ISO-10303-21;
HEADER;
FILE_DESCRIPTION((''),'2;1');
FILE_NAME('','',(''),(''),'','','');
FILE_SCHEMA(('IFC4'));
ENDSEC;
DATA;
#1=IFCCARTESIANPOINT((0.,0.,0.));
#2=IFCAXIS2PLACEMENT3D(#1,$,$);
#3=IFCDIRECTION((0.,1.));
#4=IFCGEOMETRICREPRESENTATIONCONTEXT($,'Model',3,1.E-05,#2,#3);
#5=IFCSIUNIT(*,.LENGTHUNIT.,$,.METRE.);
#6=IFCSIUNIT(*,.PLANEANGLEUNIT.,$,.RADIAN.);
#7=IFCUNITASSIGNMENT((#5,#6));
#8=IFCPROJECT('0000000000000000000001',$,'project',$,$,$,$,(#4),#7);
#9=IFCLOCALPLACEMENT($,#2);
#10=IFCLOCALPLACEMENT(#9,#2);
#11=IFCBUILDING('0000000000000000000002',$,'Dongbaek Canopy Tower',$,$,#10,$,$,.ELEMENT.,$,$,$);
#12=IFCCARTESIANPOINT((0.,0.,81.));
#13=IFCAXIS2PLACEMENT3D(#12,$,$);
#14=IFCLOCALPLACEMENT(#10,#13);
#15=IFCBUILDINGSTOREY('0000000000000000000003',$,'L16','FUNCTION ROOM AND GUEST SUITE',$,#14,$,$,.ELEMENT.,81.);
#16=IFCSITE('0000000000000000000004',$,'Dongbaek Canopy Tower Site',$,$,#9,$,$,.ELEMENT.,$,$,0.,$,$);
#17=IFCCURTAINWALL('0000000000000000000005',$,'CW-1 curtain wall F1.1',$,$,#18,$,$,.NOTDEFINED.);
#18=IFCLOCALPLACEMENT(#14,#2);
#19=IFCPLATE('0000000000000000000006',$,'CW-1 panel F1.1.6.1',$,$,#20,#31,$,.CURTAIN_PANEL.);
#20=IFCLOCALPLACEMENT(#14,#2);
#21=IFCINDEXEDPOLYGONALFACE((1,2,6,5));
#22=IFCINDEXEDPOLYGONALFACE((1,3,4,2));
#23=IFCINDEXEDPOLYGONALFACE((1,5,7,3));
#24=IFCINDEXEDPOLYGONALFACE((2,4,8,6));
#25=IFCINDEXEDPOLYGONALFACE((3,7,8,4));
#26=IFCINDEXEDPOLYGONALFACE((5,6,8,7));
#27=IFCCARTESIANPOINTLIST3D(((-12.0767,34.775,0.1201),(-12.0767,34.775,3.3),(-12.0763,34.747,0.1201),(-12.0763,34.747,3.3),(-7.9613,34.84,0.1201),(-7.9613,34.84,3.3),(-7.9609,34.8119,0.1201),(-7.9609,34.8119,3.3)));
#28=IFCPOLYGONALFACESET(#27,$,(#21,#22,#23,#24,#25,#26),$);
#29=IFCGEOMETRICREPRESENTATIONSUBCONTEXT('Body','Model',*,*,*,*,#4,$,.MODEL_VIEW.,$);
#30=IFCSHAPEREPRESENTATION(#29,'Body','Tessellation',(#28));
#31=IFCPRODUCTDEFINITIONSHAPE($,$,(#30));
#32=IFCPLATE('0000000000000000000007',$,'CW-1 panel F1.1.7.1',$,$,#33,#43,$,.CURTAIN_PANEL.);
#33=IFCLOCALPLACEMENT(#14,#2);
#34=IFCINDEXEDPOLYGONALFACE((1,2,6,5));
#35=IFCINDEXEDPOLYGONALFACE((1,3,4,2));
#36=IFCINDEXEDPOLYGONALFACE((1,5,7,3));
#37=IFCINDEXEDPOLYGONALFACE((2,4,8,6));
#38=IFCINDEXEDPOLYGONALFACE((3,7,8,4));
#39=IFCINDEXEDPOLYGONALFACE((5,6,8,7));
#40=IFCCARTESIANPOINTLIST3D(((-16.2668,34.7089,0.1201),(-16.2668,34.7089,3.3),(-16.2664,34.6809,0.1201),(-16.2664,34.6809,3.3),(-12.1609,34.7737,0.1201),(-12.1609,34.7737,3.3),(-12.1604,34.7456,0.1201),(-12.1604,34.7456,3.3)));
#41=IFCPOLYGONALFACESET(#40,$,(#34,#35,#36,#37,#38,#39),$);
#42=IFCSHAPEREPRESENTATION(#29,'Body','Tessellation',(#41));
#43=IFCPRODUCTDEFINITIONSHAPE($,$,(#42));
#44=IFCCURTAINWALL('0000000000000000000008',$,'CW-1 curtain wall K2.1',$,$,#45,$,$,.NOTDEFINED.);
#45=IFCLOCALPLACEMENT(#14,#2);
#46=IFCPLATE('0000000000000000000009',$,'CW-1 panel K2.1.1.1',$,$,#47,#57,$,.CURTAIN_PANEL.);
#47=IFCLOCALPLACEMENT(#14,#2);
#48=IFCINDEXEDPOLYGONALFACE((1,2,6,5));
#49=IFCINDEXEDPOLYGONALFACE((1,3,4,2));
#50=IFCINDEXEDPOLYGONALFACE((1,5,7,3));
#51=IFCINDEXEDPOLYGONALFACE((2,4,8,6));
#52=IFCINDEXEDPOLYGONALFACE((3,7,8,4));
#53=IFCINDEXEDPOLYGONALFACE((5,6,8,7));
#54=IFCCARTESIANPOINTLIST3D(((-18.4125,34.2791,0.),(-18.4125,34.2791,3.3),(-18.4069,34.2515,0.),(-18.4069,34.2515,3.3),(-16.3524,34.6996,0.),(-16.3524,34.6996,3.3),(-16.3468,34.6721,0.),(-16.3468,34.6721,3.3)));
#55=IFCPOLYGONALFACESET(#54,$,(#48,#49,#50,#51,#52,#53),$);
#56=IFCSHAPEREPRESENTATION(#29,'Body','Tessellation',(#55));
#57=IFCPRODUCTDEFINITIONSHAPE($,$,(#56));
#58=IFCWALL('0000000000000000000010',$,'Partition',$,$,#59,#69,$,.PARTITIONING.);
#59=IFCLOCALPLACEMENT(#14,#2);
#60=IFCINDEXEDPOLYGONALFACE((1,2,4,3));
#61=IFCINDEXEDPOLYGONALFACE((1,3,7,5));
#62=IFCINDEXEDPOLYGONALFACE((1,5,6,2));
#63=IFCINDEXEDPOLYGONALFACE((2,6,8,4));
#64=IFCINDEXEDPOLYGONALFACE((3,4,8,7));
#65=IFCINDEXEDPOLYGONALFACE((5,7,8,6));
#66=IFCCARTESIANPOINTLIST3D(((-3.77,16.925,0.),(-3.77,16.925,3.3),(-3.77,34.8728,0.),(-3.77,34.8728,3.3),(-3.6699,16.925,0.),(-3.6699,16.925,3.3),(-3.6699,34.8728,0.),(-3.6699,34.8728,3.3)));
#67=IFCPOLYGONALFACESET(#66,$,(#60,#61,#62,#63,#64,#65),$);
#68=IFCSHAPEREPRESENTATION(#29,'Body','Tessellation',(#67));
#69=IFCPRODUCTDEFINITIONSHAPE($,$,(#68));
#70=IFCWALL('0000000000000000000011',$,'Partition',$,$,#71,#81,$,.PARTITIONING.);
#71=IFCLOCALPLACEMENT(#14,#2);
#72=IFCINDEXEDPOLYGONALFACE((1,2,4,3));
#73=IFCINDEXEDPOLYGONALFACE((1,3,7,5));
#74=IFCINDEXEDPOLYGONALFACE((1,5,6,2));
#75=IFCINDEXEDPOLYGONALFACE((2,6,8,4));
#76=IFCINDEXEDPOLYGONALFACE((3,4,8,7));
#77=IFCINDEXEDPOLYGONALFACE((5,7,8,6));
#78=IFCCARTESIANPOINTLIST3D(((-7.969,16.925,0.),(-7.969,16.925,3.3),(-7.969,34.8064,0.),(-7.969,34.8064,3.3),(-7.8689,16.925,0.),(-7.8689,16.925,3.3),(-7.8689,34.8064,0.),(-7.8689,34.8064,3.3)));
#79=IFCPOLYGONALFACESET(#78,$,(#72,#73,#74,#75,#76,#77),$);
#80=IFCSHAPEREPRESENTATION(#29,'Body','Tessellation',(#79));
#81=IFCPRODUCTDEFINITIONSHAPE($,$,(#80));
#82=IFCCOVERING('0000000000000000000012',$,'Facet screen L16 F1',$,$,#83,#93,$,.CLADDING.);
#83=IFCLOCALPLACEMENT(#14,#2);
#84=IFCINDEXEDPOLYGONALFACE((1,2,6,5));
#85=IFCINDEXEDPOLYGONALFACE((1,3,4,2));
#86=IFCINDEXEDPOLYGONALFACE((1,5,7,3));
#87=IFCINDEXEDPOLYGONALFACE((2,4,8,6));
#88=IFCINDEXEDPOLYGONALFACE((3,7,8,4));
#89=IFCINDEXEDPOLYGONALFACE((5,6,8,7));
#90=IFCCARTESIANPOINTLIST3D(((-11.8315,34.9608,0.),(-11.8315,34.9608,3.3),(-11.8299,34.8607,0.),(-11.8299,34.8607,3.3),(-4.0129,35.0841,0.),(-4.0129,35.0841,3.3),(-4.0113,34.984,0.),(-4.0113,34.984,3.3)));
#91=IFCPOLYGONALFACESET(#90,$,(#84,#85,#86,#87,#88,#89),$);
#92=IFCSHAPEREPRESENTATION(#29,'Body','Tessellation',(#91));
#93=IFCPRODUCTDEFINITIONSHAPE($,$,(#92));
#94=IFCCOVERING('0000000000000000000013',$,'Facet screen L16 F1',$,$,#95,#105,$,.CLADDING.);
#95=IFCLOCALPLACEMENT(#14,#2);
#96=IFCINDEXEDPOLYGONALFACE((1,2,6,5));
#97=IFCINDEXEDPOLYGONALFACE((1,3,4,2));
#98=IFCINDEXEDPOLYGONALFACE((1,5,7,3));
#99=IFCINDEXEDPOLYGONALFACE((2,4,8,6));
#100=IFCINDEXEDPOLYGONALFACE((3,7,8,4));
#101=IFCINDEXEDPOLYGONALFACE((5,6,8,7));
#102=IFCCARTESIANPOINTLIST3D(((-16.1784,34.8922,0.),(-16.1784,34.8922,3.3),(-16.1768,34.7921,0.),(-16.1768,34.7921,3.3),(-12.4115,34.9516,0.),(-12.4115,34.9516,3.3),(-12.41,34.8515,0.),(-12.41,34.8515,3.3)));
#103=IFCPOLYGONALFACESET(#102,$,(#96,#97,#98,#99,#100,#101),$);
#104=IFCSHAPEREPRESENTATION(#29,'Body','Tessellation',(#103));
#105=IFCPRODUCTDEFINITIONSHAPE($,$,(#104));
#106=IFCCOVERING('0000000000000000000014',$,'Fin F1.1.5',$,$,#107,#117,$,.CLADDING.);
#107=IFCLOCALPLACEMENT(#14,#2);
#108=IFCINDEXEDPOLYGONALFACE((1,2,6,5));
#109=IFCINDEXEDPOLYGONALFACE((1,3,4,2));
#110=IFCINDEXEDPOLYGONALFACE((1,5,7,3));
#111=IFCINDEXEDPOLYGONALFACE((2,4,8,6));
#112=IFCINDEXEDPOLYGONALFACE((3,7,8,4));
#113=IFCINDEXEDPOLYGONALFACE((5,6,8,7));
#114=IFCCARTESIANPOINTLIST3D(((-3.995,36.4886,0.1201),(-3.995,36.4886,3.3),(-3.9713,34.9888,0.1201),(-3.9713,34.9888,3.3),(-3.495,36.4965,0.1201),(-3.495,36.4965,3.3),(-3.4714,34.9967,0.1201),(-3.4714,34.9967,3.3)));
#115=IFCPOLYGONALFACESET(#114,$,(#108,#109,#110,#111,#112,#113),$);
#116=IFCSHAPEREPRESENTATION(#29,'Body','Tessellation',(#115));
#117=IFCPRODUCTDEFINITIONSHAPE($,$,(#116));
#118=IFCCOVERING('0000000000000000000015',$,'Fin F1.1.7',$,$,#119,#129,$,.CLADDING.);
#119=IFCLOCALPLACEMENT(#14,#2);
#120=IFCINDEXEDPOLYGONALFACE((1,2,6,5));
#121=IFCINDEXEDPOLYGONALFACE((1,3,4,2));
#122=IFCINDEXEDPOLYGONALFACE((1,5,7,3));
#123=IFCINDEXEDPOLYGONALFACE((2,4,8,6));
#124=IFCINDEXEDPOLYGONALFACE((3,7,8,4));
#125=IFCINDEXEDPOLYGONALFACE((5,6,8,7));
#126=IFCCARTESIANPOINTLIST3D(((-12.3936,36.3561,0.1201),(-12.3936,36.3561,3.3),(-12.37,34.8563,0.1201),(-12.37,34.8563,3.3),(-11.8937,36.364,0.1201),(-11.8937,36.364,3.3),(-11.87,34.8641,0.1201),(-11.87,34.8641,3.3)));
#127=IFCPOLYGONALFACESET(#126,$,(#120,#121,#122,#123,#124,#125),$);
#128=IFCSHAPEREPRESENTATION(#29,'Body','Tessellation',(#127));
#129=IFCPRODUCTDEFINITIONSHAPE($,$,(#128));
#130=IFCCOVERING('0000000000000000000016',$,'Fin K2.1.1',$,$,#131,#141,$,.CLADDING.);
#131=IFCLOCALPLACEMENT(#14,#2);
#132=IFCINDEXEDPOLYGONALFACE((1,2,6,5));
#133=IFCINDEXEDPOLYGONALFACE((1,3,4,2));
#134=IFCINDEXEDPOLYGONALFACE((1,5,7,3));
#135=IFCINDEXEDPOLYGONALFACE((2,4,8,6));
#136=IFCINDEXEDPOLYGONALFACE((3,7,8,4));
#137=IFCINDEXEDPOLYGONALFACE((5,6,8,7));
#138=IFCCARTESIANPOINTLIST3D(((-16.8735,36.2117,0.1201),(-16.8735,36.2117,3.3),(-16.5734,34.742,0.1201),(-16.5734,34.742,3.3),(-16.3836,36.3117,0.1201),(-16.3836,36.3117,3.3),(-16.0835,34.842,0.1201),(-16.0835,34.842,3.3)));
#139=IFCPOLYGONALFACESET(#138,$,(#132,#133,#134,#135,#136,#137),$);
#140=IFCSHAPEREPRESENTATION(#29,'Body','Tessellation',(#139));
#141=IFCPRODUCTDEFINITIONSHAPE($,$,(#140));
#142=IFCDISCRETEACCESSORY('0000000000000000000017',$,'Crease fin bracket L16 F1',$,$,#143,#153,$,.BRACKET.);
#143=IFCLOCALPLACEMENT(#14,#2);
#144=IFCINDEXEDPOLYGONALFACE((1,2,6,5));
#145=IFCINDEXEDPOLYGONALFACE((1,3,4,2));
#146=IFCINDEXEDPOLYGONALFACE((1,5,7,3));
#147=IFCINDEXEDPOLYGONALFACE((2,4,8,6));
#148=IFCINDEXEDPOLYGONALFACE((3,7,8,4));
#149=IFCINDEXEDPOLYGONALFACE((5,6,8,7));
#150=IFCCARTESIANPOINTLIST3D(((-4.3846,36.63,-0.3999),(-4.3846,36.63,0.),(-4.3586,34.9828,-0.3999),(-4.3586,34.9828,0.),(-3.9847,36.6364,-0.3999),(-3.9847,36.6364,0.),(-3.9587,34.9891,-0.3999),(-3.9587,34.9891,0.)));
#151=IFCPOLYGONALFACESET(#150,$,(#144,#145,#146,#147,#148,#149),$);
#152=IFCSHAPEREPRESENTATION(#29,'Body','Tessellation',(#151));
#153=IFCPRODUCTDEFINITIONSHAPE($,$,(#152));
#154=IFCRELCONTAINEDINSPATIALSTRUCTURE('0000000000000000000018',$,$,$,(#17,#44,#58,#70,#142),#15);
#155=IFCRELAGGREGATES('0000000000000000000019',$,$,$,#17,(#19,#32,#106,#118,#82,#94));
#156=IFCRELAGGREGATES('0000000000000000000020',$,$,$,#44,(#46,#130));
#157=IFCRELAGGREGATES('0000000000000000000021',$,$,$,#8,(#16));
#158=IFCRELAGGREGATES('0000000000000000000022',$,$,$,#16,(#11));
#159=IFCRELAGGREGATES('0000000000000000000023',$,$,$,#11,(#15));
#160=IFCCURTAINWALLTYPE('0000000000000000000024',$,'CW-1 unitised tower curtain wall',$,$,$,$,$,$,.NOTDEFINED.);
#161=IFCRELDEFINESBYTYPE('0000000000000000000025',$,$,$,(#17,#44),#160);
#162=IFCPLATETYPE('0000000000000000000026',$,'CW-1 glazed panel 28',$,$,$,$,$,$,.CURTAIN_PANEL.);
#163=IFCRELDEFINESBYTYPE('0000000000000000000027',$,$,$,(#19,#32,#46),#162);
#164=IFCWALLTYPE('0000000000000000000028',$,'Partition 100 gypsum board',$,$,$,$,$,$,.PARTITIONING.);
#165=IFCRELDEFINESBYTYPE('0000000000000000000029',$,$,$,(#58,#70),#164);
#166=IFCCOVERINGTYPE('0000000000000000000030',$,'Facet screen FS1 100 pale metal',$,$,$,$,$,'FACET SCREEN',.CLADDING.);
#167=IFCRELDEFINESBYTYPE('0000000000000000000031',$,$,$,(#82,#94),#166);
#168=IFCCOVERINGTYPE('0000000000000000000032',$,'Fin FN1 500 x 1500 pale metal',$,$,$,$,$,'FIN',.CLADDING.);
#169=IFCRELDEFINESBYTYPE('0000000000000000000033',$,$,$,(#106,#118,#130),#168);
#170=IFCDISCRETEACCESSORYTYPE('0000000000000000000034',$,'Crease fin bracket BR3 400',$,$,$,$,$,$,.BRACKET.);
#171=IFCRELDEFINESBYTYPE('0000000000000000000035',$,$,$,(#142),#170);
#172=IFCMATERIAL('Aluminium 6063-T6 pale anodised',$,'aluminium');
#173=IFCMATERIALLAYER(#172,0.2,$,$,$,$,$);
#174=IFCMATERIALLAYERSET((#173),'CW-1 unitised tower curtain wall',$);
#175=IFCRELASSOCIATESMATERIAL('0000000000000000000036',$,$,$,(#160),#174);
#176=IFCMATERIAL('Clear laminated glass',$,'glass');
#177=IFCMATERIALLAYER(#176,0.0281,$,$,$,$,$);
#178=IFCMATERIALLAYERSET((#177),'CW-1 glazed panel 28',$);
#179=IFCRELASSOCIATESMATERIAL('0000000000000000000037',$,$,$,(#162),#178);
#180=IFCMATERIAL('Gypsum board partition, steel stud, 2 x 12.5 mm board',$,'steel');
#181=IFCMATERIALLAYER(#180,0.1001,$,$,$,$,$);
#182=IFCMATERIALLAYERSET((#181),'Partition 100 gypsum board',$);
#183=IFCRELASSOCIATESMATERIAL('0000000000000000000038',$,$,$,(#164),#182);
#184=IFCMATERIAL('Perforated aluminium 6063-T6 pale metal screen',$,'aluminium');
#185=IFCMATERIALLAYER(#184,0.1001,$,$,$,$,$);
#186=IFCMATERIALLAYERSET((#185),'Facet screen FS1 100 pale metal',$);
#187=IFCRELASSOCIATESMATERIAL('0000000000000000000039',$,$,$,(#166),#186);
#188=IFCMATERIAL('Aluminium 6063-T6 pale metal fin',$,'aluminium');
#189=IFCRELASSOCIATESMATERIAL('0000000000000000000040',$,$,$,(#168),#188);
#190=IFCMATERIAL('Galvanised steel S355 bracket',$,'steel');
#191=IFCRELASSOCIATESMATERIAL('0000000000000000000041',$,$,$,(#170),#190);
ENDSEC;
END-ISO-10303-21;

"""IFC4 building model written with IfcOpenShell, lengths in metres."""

from ifc_helpers import new_model, si_unit, direction, frame, frame_2d, origin, origin_2d, place, context, subcontext, project, spatial, rectangle, extrude, material, layer, layer_set, material_profile, profile_set, type_object, element, aggregate, save


model = new_model("IFC4")

# Units and contexts
model_context = context("Model", 3, precision=1e-05, world=origin(), true_north=direction((0.0, 1.0)))
body_context = subcontext(model_context, "Body", "Model", "MODEL_VIEW")
ifc_project = project(units=[si_unit("LENGTHUNIT", "METRE"), si_unit("PLANEANGLEUNIT", "RADIAN")], contexts=[model_context])

# Site, building, storey
site_placement = place(None, origin())
site = spatial("IfcSite", under=ifc_project, at=site_placement, Name="Dongbaek Canopy Tower Site", CompositionType="ELEMENT", RefElevation=0.0)
building_placement = place(site_placement, origin())
building = spatial("IfcBuilding", under=site, at=building_placement, Name="Dongbaek Canopy Tower", CompositionType="ELEMENT")
storey_placement = place(building_placement, frame((0.0, 0.0, 81.0)))
storey = spatial("IfcBuildingStorey", under=building, at=storey_placement, Name="L16", Description="FUNCTION ROOM AND GUEST SUITE", CompositionType="ELEMENT", Elevation=81.0)

# Curtain wall
ifc_material_1 = material(Name="Aluminium 6063-T6 pale anodised", Category="aluminium")
ifc_layer_1 = layer(ifc_material_1, 0.2)
ifc_layer_set_1 = layer_set([ifc_layer_1], Name="CW-1 unitised tower curtain wall")
curtain_wall_type = type_object("IfcCurtainWallType", Name="CW-1 unitised tower curtain wall", PredefinedType="NOTDEFINED", material=ifc_layer_set_1)
curtain_wall_1_placement = place(storey_placement, origin())
curtain_wall_1 = element("IfcCurtainWall", 1, at=curtain_wall_1_placement, inside=storey, type_object=curtain_wall_type, Name="CW-1 curtain wall F1.1", PredefinedType="NOTDEFINED")

# Plates
ifc_material_2 = material(Name="Clear laminated glass", Category="glass")
ifc_layer_2 = layer(ifc_material_2, 0.0281)
ifc_layer_set_2 = layer_set([ifc_layer_2], Name="CW-1 glazed panel 28")
plate_type = type_object("IfcPlateType", Name="CW-1 glazed panel 28", PredefinedType="CURTAIN_PANEL", material=ifc_layer_set_2)
plate_1_placement = place(storey_placement, frame((-10.0188, 34.7935, 0.1201), z_axis=(0.0, 0.0, 1.0), x_axis=(-0.999876, -0.015774, 0.0)))
plate_1 = element("IfcPlate", 2, at=plate_1_placement, type_object=plate_type, Name="CW-1 panel F1.1.6.1", PredefinedType="CURTAIN_PANEL", context=body_context, shape_type="SweptSolid", body=[
    extrude(rectangle(XDim=4.116, YDim=0.0281, at=origin_2d()), origin(), (0.0, 0.0, 1.0), 3.1799),
])
plate_2_placement = place(storey_placement, frame((-14.2136, 34.7273, 0.1201), z_axis=(0.0, 0.0, 1.0), x_axis=(-0.999876, -0.015774, 0.0)))
plate_2 = element("IfcPlate", 3, at=plate_2_placement, type_object=plate_type, Name="CW-1 panel F1.1.7.1", PredefinedType="CURTAIN_PANEL", context=body_context, shape_type="SweptSolid", body=[
    extrude(rectangle(XDim=4.1064, YDim=0.0281, at=origin_2d()), origin(), (0.0, 0.0, 1.0), 3.1799),
])

# Curtain wall, plate
curtain_wall_2_placement = place(storey_placement, origin())
curtain_wall_2 = element("IfcCurtainWall", 4, at=curtain_wall_2_placement, inside=storey, type_object=curtain_wall_type, Name="CW-1 curtain wall K2.1", PredefinedType="NOTDEFINED")
plate_3_placement = place(storey_placement, frame((-17.3796, 34.4756, 0.0), z_axis=(0.0, 0.0, 1.0), x_axis=(-0.97979, -0.200029, 0.0)))
plate_3 = element("IfcPlate", 5, at=plate_3_placement, type_object=plate_type, Name="CW-1 panel K2.1.1.1", PredefinedType="CURTAIN_PANEL", context=body_context, shape_type="SweptSolid", body=[
    extrude(rectangle(XDim=2.1025, YDim=0.0281, at=origin_2d()), origin(), (0.0, 0.0, 1.0), 3.3),
])

# Walls
ifc_material_3 = material(Name="Gypsum board partition, steel stud, 2 x 12.5 mm board", Category="steel")
ifc_layer_3 = layer(ifc_material_3, 0.1001)
ifc_layer_set_3 = layer_set([ifc_layer_3], Name="Partition 100 gypsum board")
wall_type = type_object("IfcWallType", Name="Partition 100 gypsum board", PredefinedType="PARTITIONING", material=ifc_layer_set_3)
wall_1_placement = place(storey_placement, frame((-3.72, 16.925, 0.0), z_axis=(0.0, 0.0, 1.0), x_axis=(0.0, 1.0, 0.0)))
element("IfcWall", 6, at=wall_1_placement, inside=storey, type_object=wall_type, Name="Partition", PredefinedType="PARTITIONING", context=body_context, shape_type="SweptSolid", body=[
    extrude(rectangle(XDim=17.9478, YDim=0.1001, at=frame_2d((8.9739, 0.0))), origin(), (0.0, 0.0, 1.0), 3.3),
])
wall_2_placement = place(storey_placement, frame((-7.9189, 16.925, 0.0), z_axis=(0.0, 0.0, 1.0), x_axis=(0.0, 1.0, 0.0)))
element("IfcWall", 7, at=wall_2_placement, inside=storey, type_object=wall_type, Name="Partition", PredefinedType="PARTITIONING", context=body_context, shape_type="SweptSolid", body=[
    extrude(rectangle(XDim=17.8813, YDim=0.1001, at=frame_2d((8.9407, 0.0))), origin(), (0.0, 0.0, 1.0), 3.3),
])

# Coverings
ifc_material_4 = material(Name="Perforated aluminium 6063-T6 pale metal screen", Category="aluminium")
ifc_layer_4 = layer(ifc_material_4, 0.1001)
ifc_layer_set_4 = layer_set([ifc_layer_4], Name="Facet screen FS1 100 pale metal")
covering_type_1 = type_object("IfcCoveringType", Name="Facet screen FS1 100 pale metal", ElementType="FACET SCREEN", PredefinedType="CLADDING", material=ifc_layer_set_4)
covering_1_placement = place(storey_placement, frame((-7.9214, 34.9724, 0.0), z_axis=(0.0, 0.0, 1.0), x_axis=(-0.999876, -0.015774, 0.0)))
covering_1 = element("IfcCovering", 8, at=covering_1_placement, type_object=covering_type_1, Name="Facet screen L16 F1", PredefinedType="CLADDING", context=body_context, shape_type="SweptSolid", body=[
    extrude(rectangle(XDim=7.8196, YDim=0.1001, at=origin_2d()), origin(), (0.0, 0.0, 1.0), 3.3),
])
covering_2_placement = place(storey_placement, frame((-14.2942, 34.8718, 0.0), z_axis=(0.0, 0.0, 1.0), x_axis=(-0.999876, -0.015774, 0.0)))
covering_2 = element("IfcCovering", 9, at=covering_2_placement, type_object=covering_type_1, Name="Facet screen L16 F1", PredefinedType="CLADDING", context=body_context, shape_type="SweptSolid", body=[
    extrude(rectangle(XDim=3.7673, YDim=0.1001, at=origin_2d()), origin(), (0.0, 0.0, 1.0), 3.3),
])
ifc_material_5 = material(Name="Aluminium 6063-T6 pale metal fin", Category="aluminium")
ifc_material_profile_1 = material_profile(ifc_material_5, rectangle(XDim=1.5, YDim=0.5, at=origin_2d()), Name="Fin FN1 500 x 1500 pale metal")
ifc_profile_set_1 = profile_set([ifc_material_profile_1], Name="Aluminium 6063-T6 pale metal fin")
covering_type_2 = type_object("IfcCoveringType", Name="Fin FN1 500 x 1500 pale metal", ElementType="FIN", PredefinedType="CLADDING", material=ifc_profile_set_1)
covering_3_placement = place(storey_placement, frame((-3.7332, 35.7427, 0.1201), z_axis=(0.0, 0.0, 1.0), x_axis=(-0.015774, 0.999876, 0.0)))
covering_3 = element("IfcCovering", 10, at=covering_3_placement, type_object=covering_type_2, Name="Fin F1.1.5", PredefinedType="CLADDING", context=body_context, shape_type="SweptSolid", body=[
    extrude(rectangle(XDim=1.5, YDim=0.5, at=origin_2d()), origin(), (0.0, 0.0, 1.0), 3.1799),
])
covering_4_placement = place(storey_placement, frame((-12.1318, 35.6101, 0.1201), z_axis=(0.0, 0.0, 1.0), x_axis=(-0.015774, 0.999876, 0.0)))
covering_4 = element("IfcCovering", 11, at=covering_4_placement, type_object=covering_type_2, Name="Fin F1.1.7", PredefinedType="CLADDING", context=body_context, shape_type="SweptSolid", body=[
    extrude(rectangle(XDim=1.5, YDim=0.5, at=origin_2d()), origin(), (0.0, 0.0, 1.0), 3.1799),
])
aggregate(curtain_wall_1, [plate_1, plate_2, covering_3, covering_4, covering_1, covering_2])
covering_5_placement = place(storey_placement, frame((-16.4785, 35.5269, 0.1201), z_axis=(0.0, 0.0, 1.0), x_axis=(-0.200029, 0.97979, 0.0)))
covering_5 = element("IfcCovering", 12, at=covering_5_placement, type_object=covering_type_2, Name="Fin K2.1.1", PredefinedType="CLADDING", context=body_context, shape_type="SweptSolid", body=[
    extrude(rectangle(XDim=1.5, YDim=0.5, at=origin_2d()), origin(), (0.0, 0.0, 1.0), 3.1799),
])
aggregate(curtain_wall_2, [plate_3, covering_5])

# Discrete accessory
ifc_material_6 = material(Name="Galvanised steel S355 bracket", Category="steel")
discrete_accessory_type = type_object("IfcDiscreteAccessoryType", Name="Crease fin bracket BR3 400", PredefinedType="BRACKET", material=ifc_material_6)
discrete_accessory_placement = place(storey_placement, frame((-4.1716, 35.8096, -0.3999), z_axis=(0.0, 0.0, 1.0), x_axis=(-0.015774, 0.999876, 0.0)))
element("IfcDiscreteAccessory", 13, at=discrete_accessory_placement, inside=storey, type_object=discrete_accessory_type, Name="Crease fin bracket L16 F1", PredefinedType="BRACKET", context=body_context, shape_type="SweptSolid", body=[
    extrude(rectangle(XDim=1.6475, YDim=0.3999, at=origin_2d()), origin(), (0.0, 0.0, 1.0), 0.3999),
])

save(model, "model.ifc")
